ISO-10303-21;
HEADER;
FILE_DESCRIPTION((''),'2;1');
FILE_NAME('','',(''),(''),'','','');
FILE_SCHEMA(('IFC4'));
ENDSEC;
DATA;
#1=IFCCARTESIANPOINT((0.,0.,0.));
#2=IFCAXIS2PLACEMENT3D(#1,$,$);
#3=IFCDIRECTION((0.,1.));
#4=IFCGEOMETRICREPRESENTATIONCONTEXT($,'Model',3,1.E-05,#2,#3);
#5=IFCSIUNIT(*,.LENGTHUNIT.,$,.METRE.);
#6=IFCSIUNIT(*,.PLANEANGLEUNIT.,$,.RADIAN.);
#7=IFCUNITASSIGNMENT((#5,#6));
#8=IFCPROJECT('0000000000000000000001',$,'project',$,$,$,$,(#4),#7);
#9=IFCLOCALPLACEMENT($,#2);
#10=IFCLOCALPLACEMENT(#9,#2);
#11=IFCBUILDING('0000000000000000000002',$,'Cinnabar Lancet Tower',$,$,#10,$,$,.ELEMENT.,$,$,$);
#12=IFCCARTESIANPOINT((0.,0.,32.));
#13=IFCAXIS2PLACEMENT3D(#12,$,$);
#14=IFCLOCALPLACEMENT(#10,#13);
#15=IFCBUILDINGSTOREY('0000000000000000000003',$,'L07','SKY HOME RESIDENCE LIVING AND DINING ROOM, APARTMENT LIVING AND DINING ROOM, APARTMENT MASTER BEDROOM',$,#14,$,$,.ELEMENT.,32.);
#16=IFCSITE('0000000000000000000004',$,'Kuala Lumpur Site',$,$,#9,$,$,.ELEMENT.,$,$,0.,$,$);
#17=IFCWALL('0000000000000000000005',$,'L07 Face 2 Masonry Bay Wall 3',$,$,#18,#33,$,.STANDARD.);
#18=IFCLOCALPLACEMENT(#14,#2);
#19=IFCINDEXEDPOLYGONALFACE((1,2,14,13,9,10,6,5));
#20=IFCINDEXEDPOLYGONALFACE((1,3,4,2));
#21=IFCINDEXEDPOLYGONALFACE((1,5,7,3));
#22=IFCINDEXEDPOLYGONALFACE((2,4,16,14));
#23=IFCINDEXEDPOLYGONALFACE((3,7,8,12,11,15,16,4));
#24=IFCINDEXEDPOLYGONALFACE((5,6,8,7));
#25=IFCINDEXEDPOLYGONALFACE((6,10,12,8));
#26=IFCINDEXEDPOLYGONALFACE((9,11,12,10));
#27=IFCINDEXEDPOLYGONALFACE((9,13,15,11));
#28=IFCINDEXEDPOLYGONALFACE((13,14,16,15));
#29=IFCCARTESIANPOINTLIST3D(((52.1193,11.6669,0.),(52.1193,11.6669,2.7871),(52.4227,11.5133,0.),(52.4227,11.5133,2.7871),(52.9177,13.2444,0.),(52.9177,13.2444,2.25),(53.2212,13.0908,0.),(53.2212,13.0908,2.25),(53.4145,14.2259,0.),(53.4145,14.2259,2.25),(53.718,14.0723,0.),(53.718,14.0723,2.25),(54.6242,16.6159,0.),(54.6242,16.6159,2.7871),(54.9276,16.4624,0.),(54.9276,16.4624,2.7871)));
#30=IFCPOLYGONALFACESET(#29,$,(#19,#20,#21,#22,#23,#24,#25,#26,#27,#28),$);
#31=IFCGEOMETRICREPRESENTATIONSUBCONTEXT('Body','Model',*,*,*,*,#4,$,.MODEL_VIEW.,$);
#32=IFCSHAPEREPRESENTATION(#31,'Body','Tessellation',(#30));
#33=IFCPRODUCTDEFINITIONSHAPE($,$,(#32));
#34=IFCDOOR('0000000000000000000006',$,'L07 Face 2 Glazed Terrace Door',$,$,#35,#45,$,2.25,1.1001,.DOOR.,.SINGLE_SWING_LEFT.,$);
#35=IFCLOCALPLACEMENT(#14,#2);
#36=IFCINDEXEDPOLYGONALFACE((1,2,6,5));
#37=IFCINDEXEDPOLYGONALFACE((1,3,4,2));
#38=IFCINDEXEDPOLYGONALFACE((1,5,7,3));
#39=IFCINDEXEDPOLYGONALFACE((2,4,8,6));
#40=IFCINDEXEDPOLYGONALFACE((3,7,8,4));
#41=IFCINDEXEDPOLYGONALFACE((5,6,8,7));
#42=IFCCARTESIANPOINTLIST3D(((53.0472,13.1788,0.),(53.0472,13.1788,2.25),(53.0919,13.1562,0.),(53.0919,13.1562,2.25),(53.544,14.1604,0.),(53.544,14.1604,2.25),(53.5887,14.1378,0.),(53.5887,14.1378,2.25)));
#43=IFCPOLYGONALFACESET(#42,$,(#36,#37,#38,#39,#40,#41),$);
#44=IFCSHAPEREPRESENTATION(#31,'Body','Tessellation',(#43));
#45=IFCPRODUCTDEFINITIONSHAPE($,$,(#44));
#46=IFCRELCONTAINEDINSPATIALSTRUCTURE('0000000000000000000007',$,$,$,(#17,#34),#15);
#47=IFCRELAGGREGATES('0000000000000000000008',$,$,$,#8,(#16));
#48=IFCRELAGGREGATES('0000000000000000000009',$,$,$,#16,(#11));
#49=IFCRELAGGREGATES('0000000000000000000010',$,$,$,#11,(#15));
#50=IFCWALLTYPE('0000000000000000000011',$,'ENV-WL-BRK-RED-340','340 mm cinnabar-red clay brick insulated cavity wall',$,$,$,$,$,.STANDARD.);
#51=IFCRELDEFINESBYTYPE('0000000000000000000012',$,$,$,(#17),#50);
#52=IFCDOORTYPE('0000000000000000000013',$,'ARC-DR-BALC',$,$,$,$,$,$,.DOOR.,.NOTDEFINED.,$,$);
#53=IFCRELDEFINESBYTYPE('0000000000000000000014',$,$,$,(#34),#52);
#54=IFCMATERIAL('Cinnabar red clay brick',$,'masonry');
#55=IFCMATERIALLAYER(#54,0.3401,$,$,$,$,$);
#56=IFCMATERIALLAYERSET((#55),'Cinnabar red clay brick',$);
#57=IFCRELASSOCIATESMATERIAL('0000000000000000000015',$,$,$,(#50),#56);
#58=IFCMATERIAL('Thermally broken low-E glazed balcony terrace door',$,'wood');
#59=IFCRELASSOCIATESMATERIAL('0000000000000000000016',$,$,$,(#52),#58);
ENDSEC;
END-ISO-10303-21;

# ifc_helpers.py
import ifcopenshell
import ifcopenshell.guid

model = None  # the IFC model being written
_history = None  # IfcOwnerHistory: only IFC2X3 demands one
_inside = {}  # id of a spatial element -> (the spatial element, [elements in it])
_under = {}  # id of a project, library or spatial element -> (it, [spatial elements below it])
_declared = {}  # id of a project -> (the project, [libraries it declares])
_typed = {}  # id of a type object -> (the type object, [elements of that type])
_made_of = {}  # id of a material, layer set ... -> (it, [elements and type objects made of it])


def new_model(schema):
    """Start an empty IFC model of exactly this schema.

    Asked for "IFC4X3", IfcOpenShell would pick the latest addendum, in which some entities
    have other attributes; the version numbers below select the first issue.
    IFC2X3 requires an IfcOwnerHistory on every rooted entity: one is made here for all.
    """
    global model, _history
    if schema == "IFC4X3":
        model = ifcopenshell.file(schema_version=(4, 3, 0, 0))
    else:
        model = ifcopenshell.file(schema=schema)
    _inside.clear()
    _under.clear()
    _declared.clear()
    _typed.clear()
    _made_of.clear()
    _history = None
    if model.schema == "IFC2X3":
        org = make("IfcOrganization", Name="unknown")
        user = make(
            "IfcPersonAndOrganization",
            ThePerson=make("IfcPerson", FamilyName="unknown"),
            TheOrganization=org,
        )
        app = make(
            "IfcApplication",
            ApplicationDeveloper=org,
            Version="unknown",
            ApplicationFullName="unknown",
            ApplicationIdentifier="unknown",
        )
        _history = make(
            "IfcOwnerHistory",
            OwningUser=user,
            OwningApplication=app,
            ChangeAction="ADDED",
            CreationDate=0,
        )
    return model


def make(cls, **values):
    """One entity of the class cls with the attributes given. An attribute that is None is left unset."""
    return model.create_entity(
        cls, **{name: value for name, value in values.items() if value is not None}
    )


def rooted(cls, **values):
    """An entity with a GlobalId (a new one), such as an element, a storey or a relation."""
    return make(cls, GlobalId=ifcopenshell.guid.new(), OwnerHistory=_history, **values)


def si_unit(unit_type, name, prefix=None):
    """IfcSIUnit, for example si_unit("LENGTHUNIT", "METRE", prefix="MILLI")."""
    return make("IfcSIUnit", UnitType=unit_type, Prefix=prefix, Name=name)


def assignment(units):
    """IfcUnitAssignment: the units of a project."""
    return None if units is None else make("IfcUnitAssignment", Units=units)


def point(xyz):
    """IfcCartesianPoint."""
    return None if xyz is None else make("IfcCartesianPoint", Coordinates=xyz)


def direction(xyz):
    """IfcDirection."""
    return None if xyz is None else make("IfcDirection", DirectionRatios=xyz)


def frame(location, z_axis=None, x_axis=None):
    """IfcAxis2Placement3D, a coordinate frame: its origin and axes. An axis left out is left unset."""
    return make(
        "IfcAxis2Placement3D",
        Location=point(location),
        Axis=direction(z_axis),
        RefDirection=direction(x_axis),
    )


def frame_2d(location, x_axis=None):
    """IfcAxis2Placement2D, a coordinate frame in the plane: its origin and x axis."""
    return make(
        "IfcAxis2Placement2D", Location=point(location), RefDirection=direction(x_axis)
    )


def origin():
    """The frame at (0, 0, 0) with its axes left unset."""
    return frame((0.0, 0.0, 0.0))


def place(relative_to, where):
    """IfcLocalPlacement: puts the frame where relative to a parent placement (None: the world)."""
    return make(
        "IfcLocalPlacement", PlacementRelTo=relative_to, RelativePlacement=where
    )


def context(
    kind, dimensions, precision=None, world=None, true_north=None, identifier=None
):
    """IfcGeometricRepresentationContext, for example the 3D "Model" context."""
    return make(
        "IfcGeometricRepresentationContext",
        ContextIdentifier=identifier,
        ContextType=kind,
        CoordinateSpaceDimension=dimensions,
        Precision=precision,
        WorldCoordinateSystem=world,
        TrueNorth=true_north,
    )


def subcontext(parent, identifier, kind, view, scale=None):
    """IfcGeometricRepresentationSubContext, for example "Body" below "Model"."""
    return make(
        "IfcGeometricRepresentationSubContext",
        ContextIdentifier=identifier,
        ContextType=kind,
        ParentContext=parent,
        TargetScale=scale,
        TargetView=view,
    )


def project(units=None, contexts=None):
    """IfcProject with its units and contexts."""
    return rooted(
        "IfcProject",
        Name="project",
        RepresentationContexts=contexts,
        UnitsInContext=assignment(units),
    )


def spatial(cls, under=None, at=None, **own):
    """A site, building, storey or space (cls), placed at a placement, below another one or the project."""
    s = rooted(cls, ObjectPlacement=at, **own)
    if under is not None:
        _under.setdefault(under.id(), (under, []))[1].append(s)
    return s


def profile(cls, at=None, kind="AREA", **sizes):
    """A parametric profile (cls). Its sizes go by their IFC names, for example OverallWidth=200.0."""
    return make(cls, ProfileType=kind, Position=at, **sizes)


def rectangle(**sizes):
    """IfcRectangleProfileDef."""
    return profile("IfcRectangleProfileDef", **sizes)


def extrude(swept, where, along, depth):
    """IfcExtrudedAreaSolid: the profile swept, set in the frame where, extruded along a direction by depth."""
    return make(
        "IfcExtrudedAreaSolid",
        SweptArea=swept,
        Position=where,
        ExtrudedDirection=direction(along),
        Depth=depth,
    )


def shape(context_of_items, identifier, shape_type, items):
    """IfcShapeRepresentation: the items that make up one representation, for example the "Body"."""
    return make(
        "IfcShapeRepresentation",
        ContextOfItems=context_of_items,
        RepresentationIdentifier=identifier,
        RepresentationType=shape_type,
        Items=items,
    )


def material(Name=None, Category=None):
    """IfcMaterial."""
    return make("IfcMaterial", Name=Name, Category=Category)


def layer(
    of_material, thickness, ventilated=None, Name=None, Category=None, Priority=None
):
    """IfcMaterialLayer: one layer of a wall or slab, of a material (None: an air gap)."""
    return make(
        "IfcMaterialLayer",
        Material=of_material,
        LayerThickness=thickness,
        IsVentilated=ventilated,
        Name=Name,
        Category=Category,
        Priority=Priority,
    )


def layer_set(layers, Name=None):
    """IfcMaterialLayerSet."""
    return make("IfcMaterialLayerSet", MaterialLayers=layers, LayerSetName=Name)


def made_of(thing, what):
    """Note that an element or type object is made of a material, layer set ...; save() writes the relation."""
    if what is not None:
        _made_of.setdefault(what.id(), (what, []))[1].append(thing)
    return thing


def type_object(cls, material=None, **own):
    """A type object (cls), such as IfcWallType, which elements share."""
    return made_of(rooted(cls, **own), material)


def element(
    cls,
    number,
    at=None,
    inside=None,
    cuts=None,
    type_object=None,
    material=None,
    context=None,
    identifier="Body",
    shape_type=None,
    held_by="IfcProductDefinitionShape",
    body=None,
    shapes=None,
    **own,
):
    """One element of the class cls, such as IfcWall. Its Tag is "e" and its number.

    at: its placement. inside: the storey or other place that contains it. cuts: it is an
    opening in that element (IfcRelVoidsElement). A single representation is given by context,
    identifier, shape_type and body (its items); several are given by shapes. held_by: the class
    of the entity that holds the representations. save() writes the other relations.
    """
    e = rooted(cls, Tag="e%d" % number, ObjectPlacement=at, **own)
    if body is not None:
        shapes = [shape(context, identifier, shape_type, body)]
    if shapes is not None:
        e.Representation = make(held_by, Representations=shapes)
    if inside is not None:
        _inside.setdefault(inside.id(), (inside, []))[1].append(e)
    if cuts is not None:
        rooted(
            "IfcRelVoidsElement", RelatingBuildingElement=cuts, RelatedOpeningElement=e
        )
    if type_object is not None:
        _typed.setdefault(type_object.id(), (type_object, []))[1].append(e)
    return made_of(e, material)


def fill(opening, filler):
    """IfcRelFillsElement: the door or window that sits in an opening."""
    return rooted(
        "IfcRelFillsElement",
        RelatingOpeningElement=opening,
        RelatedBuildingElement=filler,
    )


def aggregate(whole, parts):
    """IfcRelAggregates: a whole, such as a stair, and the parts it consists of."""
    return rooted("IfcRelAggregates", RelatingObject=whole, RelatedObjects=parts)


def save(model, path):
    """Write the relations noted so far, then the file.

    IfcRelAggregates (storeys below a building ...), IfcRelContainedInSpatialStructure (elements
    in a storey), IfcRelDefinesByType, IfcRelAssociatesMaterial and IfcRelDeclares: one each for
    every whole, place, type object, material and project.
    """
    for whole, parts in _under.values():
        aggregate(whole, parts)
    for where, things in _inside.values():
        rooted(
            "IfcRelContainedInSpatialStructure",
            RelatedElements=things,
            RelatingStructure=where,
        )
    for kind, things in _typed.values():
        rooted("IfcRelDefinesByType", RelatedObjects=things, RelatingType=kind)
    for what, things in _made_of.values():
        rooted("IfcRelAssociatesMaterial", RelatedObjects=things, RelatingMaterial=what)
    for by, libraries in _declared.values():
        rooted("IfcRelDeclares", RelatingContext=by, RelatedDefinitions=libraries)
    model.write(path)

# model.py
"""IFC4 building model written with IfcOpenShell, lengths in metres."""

from ifc_helpers import new_model, si_unit, direction, frame, frame_2d, origin, place, context, subcontext, project, spatial, rectangle, extrude, material, layer, layer_set, type_object, element, fill, save


model = new_model("IFC4")

# Units and contexts
model_context = context("Model", 3, precision=1e-05, world=origin(), true_north=direction((0.0, 1.0)))
body_context = subcontext(model_context, "Body", "Model", "MODEL_VIEW")
ifc_project = project(units=[si_unit("LENGTHUNIT", "METRE"), si_unit("PLANEANGLEUNIT", "RADIAN")], contexts=[model_context])

# Site, building, storey
site_placement = place(None, origin())
site = spatial("IfcSite", under=ifc_project, at=site_placement, Name="Kuala Lumpur Site", CompositionType="ELEMENT", RefElevation=0.0)
building_placement = place(site_placement, origin())
building = spatial("IfcBuilding", under=site, at=building_placement, Name="Cinnabar Lancet Tower", CompositionType="ELEMENT")
storey_placement = place(building_placement, frame((0.0, 0.0, 32.0)))
storey = spatial("IfcBuildingStorey", under=building, at=storey_placement, Name="L07", Description="SKY HOME RESIDENCE LIVING AND DINING ROOM, APARTMENT LIVING AND DINING ROOM, APARTMENT MASTER BEDROOM", CompositionType="ELEMENT", Elevation=32.0)

# Shared definitions
ifc_material_1 = material(Name="Cinnabar red clay brick", Category="masonry")
ifc_layer_1 = layer(ifc_material_1, 0.3401)
ifc_layer_set_1 = layer_set([ifc_layer_1], Name="Cinnabar red clay brick")
wall_type_1 = type_object("IfcWallType", Name="ENV-WL-BRK-RED-340", Description="340 mm cinnabar-red clay brick insulated cavity wall", PredefinedType="STANDARD", material=ifc_layer_set_1)

# Wall, opening, door
wall_1_placement = place(storey_placement, frame((52.271, 11.5901, 0.0), z_axis=(0.0, 0.0, 1.0), x_axis=(0.451592, 0.892225, 0.0)))
wall_1 = element("IfcWall", 1, at=wall_1_placement, inside=storey, type_object=wall_type_1, Name="L07 Face 2 Masonry Bay Wall 3", PredefinedType="STANDARD", context=body_context, shape_type="SweptSolid", body=[
    extrude(rectangle(XDim=5.5469, YDim=0.3401, at=frame_2d((2.7734, 0.0))), origin(), (0.0, 0.0, 1.0), 2.7871),
])
opening_1_placement = place(wall_1_placement, frame((1.7681, 0.0, 0.0)))
opening_1 = element("IfcOpeningElement", 2, at=opening_1_placement, cuts=wall_1, PredefinedType="OPENING", context=body_context, shape_type="SweptSolid", body=[
    extrude(rectangle(XDim=1.1001, YDim=2.25, at=frame_2d((0.55, 1.125))), frame((0.0, 0.1799, 0.0), z_axis=(0.0, -1.0, 0.0), x_axis=(1.0, 0.0, 0.0)), (0.0, 0.0, 1.0), 0.3601),
])
ifc_material_2 = material(Name="Thermally broken low-E glazed balcony terrace door", Category="wood")
door_type = type_object("IfcDoorType", Name="ARC-DR-BALC", OperationType="NOTDEFINED", PredefinedType="DOOR", material=ifc_material_2)
door_placement = place(opening_1_placement, origin())
door = element("IfcDoor", 3, at=door_placement, inside=storey, type_object=door_type, Name="L07 Face 2 Glazed Terrace Door", OperationType="SINGLE_SWING_LEFT", OverallHeight=2.25, OverallWidth=1.1001, PredefinedType="DOOR", context=body_context, shape_type="SweptSolid", body=[
    extrude(rectangle(XDim=1.1001, YDim=2.25, at=frame_2d((0.55, 1.125))), frame((0.0, 0.0249, 0.0), z_axis=(0.0, -1.0, 0.0), x_axis=(1.0, 0.0, 0.0)), (0.0, 0.0, 1.0), 0.05),
])
fill(opening_1, door)

save(model, "model.ifc")
